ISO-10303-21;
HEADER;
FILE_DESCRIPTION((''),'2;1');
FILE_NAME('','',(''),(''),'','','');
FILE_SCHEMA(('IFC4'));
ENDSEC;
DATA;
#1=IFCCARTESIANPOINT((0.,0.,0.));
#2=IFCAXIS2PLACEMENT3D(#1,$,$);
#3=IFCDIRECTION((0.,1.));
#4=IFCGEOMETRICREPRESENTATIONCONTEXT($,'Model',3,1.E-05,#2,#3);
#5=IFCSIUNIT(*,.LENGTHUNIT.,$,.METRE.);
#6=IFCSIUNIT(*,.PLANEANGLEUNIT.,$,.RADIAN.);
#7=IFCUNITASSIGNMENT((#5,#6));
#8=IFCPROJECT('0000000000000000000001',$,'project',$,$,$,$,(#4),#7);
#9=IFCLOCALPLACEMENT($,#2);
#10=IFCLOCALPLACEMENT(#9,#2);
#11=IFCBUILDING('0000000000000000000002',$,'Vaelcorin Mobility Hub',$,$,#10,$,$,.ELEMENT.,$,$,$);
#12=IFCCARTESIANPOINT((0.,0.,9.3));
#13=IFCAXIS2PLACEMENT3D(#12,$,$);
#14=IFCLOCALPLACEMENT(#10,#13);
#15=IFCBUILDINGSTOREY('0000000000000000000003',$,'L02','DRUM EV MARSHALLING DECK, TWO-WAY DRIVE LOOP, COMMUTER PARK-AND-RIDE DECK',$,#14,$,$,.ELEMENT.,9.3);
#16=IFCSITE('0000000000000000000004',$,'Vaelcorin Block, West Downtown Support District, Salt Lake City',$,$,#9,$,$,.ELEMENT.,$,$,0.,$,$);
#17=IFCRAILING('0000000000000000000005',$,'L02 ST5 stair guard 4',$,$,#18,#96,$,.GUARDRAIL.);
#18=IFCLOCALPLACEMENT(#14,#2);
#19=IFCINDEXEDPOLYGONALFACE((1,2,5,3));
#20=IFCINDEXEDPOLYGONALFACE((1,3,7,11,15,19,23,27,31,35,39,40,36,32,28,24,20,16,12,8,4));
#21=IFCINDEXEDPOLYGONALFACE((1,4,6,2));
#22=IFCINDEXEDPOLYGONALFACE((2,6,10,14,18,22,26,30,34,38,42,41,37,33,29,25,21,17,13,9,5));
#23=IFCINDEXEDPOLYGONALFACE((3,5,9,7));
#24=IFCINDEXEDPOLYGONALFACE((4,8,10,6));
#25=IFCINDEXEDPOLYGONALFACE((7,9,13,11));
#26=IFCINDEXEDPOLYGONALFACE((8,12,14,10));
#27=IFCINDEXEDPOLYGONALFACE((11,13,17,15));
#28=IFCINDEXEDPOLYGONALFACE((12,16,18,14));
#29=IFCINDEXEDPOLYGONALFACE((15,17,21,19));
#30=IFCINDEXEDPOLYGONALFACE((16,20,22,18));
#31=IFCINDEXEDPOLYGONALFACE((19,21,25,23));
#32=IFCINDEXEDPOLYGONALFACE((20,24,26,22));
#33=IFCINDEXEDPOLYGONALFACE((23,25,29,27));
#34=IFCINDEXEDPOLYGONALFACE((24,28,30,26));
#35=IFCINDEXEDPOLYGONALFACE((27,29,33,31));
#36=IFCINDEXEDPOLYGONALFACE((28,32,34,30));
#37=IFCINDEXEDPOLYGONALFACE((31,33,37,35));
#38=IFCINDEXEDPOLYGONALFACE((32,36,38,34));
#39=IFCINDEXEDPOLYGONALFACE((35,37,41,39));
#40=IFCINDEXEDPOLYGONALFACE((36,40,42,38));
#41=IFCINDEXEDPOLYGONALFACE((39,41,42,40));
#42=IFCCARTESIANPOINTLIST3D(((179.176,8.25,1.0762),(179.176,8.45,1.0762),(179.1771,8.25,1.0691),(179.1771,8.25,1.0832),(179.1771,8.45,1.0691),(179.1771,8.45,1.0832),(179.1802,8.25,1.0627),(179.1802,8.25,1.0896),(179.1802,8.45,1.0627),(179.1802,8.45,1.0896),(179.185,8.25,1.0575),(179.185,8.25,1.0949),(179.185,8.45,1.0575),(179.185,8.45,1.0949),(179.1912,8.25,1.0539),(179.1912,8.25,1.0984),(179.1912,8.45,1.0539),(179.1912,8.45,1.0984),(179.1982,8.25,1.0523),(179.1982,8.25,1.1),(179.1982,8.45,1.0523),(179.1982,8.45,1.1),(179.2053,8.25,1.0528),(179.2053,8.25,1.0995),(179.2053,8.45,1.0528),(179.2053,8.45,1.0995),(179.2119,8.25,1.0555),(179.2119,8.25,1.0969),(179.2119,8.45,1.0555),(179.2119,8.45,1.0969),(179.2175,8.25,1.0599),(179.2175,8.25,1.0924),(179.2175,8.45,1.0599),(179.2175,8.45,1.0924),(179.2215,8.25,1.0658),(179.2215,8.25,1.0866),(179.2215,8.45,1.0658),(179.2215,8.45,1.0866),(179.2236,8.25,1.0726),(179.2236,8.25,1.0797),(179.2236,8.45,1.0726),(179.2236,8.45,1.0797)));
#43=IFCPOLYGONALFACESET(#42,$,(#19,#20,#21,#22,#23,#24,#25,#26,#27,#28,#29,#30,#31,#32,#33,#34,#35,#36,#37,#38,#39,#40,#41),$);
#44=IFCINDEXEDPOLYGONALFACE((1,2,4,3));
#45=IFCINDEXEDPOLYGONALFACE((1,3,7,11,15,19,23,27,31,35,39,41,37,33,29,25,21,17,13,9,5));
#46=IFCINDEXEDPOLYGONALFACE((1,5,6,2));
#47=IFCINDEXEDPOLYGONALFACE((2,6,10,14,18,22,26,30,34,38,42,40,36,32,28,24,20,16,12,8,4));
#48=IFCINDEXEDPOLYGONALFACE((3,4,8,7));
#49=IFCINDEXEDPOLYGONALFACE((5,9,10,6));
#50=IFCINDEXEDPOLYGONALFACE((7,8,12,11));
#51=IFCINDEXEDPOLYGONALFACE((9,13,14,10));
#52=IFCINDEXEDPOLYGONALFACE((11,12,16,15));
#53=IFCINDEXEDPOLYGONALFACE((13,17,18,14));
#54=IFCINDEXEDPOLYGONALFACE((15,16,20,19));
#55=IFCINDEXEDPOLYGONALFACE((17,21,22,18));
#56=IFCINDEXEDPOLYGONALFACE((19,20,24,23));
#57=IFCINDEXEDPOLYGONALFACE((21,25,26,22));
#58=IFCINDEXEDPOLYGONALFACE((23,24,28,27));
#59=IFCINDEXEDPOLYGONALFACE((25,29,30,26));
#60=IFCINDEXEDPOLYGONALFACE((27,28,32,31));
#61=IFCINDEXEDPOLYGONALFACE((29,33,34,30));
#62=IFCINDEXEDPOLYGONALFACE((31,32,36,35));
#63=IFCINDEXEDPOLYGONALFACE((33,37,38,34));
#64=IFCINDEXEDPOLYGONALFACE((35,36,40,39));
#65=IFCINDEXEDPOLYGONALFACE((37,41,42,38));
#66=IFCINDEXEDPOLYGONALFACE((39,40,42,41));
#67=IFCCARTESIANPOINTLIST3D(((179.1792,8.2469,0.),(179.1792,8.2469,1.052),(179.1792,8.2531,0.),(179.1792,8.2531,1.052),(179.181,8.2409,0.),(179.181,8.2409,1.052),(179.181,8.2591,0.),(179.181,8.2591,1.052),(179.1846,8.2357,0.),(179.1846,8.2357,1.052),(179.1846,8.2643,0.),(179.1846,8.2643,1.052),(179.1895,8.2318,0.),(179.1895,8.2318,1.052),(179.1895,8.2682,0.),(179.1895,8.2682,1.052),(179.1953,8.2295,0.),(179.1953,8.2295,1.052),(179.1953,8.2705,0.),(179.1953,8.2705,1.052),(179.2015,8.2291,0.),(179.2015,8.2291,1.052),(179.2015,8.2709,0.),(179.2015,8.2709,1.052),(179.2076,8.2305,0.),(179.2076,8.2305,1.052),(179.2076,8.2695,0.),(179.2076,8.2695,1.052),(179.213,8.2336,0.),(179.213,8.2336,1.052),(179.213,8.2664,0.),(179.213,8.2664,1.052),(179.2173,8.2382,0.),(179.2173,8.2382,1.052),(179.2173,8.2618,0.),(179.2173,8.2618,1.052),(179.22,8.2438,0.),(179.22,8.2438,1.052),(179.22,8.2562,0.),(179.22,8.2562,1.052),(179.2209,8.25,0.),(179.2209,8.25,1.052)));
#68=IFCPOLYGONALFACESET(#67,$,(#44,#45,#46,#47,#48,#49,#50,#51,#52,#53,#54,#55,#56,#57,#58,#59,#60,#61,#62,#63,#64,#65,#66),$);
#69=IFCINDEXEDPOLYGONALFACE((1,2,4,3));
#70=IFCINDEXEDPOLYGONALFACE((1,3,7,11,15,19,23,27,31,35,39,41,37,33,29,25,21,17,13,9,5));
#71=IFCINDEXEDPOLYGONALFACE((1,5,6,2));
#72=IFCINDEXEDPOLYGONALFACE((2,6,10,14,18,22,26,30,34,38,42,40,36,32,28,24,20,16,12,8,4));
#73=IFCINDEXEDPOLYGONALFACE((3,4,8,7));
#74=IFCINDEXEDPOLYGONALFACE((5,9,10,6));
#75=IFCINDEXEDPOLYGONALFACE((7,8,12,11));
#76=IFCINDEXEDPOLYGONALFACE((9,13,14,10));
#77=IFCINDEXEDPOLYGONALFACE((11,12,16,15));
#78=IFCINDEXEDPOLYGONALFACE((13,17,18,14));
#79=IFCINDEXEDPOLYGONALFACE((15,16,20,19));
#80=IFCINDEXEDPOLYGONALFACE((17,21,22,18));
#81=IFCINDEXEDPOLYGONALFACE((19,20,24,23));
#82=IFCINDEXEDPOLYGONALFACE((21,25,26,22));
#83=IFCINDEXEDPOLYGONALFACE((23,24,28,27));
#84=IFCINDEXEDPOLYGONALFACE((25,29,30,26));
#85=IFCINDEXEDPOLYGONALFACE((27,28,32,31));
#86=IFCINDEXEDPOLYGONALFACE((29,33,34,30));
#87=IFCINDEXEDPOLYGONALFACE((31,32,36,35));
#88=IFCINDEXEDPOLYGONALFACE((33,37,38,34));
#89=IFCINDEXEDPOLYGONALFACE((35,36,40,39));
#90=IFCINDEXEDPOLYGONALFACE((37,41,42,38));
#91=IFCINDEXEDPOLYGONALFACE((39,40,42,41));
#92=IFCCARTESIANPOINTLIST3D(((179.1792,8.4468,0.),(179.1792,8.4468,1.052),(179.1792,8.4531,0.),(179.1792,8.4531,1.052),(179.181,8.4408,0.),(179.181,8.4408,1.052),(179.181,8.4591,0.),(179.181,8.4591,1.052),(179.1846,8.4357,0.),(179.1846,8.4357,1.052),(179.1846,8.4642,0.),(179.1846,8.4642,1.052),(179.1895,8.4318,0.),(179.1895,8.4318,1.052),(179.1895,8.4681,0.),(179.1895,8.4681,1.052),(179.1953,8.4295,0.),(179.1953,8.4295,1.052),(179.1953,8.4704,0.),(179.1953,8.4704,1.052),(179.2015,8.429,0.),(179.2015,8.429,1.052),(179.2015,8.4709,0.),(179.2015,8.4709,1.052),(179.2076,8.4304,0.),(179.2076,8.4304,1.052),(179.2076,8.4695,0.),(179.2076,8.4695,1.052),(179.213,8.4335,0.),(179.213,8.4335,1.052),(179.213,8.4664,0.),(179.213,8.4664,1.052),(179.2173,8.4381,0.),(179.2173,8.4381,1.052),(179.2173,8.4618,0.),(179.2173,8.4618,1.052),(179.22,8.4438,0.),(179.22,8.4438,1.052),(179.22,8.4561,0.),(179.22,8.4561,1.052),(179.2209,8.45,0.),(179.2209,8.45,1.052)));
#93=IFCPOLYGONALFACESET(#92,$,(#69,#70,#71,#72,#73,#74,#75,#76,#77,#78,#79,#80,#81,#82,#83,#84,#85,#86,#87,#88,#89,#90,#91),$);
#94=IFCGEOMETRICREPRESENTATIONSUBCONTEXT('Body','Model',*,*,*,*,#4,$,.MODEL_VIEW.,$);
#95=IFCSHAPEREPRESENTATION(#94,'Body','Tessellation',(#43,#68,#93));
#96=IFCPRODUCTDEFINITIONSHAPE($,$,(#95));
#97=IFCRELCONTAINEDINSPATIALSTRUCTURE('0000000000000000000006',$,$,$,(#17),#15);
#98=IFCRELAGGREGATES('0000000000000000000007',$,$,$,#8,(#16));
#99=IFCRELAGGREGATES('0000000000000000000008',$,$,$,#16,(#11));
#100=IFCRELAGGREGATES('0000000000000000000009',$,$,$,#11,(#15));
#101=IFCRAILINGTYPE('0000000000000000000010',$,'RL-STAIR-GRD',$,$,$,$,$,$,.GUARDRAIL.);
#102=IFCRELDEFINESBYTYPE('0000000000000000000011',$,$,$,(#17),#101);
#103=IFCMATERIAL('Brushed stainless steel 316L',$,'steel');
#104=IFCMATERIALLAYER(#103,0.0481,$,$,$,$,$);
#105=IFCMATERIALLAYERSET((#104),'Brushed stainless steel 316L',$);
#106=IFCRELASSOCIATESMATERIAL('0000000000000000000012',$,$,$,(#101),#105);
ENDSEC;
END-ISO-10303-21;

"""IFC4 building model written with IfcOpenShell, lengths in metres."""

from ifc_helpers import new_model, si_unit, direction, frame, origin, origin_2d, place, context, subcontext, project, spatial, circle, extrude, material, layer, layer_set, type_object, element, save


model = new_model("IFC4")

# Units and contexts
model_context = context("Model", 3, precision=1e-05, world=origin(), true_north=direction((0.0, 1.0)))
body_context = subcontext(model_context, "Body", "Model", "MODEL_VIEW")
ifc_project = project(units=[si_unit("LENGTHUNIT", "METRE"), si_unit("PLANEANGLEUNIT", "RADIAN")], contexts=[model_context])

# Site, building, storey
site_placement = place(None, origin())
site = spatial("IfcSite", under=ifc_project, at=site_placement, Name="Vaelcorin Block, West Downtown Support District, Salt Lake City", CompositionType="ELEMENT", RefElevation=0.0)
building_placement = place(site_placement, origin())
building = spatial("IfcBuilding", under=site, at=building_placement, Name="Vaelcorin Mobility Hub", CompositionType="ELEMENT")
storey_placement = place(building_placement, frame((0.0, 0.0, 9.3)))
storey = spatial("IfcBuildingStorey", under=building, at=storey_placement, Name="L02", Description="DRUM EV MARSHALLING DECK, TWO-WAY DRIVE LOOP, COMMUTER PARK-AND-RIDE DECK", CompositionType="ELEMENT", Elevation=9.3)

# Railing
ifc_material_1 = material(Name="Brushed stainless steel 316L", Category="steel")
ifc_layer_1 = layer(ifc_material_1, 0.0481)
ifc_layer_set_1 = layer_set([ifc_layer_1], Name="Brushed stainless steel 316L")
railing_type_1 = type_object("IfcRailingType", Name="RL-STAIR-GRD", PredefinedType="GUARDRAIL", material=ifc_layer_set_1)
railing_1_placement = place(storey_placement, frame((179.2, 8.25, 0.0)))
element("IfcRailing", 1, at=railing_1_placement, inside=storey, type_object=railing_type_1, Name="L02 ST5 stair guard 4", PredefinedType="GUARDRAIL", context=body_context, shape_type="SweptSolid", body=[
    extrude(circle(Radius=0.0239, at=origin_2d()), frame((0.0, 0.0, 1.0762), z_axis=(0.0, 1.0, 0.0), x_axis=(-1.0, 0.0, 0.0)), (0.0, 0.0, 1.0), 0.2),
    extrude(circle(Radius=0.021, at=origin_2d()), origin(), (0.0, 0.0, 1.0), 1.052),
    extrude(circle(Radius=0.021, at=origin_2d()), frame((0.0, 0.2, 0.0)), (0.0, 0.0, 1.0), 1.052),
])

save(model, "model.ifc")
